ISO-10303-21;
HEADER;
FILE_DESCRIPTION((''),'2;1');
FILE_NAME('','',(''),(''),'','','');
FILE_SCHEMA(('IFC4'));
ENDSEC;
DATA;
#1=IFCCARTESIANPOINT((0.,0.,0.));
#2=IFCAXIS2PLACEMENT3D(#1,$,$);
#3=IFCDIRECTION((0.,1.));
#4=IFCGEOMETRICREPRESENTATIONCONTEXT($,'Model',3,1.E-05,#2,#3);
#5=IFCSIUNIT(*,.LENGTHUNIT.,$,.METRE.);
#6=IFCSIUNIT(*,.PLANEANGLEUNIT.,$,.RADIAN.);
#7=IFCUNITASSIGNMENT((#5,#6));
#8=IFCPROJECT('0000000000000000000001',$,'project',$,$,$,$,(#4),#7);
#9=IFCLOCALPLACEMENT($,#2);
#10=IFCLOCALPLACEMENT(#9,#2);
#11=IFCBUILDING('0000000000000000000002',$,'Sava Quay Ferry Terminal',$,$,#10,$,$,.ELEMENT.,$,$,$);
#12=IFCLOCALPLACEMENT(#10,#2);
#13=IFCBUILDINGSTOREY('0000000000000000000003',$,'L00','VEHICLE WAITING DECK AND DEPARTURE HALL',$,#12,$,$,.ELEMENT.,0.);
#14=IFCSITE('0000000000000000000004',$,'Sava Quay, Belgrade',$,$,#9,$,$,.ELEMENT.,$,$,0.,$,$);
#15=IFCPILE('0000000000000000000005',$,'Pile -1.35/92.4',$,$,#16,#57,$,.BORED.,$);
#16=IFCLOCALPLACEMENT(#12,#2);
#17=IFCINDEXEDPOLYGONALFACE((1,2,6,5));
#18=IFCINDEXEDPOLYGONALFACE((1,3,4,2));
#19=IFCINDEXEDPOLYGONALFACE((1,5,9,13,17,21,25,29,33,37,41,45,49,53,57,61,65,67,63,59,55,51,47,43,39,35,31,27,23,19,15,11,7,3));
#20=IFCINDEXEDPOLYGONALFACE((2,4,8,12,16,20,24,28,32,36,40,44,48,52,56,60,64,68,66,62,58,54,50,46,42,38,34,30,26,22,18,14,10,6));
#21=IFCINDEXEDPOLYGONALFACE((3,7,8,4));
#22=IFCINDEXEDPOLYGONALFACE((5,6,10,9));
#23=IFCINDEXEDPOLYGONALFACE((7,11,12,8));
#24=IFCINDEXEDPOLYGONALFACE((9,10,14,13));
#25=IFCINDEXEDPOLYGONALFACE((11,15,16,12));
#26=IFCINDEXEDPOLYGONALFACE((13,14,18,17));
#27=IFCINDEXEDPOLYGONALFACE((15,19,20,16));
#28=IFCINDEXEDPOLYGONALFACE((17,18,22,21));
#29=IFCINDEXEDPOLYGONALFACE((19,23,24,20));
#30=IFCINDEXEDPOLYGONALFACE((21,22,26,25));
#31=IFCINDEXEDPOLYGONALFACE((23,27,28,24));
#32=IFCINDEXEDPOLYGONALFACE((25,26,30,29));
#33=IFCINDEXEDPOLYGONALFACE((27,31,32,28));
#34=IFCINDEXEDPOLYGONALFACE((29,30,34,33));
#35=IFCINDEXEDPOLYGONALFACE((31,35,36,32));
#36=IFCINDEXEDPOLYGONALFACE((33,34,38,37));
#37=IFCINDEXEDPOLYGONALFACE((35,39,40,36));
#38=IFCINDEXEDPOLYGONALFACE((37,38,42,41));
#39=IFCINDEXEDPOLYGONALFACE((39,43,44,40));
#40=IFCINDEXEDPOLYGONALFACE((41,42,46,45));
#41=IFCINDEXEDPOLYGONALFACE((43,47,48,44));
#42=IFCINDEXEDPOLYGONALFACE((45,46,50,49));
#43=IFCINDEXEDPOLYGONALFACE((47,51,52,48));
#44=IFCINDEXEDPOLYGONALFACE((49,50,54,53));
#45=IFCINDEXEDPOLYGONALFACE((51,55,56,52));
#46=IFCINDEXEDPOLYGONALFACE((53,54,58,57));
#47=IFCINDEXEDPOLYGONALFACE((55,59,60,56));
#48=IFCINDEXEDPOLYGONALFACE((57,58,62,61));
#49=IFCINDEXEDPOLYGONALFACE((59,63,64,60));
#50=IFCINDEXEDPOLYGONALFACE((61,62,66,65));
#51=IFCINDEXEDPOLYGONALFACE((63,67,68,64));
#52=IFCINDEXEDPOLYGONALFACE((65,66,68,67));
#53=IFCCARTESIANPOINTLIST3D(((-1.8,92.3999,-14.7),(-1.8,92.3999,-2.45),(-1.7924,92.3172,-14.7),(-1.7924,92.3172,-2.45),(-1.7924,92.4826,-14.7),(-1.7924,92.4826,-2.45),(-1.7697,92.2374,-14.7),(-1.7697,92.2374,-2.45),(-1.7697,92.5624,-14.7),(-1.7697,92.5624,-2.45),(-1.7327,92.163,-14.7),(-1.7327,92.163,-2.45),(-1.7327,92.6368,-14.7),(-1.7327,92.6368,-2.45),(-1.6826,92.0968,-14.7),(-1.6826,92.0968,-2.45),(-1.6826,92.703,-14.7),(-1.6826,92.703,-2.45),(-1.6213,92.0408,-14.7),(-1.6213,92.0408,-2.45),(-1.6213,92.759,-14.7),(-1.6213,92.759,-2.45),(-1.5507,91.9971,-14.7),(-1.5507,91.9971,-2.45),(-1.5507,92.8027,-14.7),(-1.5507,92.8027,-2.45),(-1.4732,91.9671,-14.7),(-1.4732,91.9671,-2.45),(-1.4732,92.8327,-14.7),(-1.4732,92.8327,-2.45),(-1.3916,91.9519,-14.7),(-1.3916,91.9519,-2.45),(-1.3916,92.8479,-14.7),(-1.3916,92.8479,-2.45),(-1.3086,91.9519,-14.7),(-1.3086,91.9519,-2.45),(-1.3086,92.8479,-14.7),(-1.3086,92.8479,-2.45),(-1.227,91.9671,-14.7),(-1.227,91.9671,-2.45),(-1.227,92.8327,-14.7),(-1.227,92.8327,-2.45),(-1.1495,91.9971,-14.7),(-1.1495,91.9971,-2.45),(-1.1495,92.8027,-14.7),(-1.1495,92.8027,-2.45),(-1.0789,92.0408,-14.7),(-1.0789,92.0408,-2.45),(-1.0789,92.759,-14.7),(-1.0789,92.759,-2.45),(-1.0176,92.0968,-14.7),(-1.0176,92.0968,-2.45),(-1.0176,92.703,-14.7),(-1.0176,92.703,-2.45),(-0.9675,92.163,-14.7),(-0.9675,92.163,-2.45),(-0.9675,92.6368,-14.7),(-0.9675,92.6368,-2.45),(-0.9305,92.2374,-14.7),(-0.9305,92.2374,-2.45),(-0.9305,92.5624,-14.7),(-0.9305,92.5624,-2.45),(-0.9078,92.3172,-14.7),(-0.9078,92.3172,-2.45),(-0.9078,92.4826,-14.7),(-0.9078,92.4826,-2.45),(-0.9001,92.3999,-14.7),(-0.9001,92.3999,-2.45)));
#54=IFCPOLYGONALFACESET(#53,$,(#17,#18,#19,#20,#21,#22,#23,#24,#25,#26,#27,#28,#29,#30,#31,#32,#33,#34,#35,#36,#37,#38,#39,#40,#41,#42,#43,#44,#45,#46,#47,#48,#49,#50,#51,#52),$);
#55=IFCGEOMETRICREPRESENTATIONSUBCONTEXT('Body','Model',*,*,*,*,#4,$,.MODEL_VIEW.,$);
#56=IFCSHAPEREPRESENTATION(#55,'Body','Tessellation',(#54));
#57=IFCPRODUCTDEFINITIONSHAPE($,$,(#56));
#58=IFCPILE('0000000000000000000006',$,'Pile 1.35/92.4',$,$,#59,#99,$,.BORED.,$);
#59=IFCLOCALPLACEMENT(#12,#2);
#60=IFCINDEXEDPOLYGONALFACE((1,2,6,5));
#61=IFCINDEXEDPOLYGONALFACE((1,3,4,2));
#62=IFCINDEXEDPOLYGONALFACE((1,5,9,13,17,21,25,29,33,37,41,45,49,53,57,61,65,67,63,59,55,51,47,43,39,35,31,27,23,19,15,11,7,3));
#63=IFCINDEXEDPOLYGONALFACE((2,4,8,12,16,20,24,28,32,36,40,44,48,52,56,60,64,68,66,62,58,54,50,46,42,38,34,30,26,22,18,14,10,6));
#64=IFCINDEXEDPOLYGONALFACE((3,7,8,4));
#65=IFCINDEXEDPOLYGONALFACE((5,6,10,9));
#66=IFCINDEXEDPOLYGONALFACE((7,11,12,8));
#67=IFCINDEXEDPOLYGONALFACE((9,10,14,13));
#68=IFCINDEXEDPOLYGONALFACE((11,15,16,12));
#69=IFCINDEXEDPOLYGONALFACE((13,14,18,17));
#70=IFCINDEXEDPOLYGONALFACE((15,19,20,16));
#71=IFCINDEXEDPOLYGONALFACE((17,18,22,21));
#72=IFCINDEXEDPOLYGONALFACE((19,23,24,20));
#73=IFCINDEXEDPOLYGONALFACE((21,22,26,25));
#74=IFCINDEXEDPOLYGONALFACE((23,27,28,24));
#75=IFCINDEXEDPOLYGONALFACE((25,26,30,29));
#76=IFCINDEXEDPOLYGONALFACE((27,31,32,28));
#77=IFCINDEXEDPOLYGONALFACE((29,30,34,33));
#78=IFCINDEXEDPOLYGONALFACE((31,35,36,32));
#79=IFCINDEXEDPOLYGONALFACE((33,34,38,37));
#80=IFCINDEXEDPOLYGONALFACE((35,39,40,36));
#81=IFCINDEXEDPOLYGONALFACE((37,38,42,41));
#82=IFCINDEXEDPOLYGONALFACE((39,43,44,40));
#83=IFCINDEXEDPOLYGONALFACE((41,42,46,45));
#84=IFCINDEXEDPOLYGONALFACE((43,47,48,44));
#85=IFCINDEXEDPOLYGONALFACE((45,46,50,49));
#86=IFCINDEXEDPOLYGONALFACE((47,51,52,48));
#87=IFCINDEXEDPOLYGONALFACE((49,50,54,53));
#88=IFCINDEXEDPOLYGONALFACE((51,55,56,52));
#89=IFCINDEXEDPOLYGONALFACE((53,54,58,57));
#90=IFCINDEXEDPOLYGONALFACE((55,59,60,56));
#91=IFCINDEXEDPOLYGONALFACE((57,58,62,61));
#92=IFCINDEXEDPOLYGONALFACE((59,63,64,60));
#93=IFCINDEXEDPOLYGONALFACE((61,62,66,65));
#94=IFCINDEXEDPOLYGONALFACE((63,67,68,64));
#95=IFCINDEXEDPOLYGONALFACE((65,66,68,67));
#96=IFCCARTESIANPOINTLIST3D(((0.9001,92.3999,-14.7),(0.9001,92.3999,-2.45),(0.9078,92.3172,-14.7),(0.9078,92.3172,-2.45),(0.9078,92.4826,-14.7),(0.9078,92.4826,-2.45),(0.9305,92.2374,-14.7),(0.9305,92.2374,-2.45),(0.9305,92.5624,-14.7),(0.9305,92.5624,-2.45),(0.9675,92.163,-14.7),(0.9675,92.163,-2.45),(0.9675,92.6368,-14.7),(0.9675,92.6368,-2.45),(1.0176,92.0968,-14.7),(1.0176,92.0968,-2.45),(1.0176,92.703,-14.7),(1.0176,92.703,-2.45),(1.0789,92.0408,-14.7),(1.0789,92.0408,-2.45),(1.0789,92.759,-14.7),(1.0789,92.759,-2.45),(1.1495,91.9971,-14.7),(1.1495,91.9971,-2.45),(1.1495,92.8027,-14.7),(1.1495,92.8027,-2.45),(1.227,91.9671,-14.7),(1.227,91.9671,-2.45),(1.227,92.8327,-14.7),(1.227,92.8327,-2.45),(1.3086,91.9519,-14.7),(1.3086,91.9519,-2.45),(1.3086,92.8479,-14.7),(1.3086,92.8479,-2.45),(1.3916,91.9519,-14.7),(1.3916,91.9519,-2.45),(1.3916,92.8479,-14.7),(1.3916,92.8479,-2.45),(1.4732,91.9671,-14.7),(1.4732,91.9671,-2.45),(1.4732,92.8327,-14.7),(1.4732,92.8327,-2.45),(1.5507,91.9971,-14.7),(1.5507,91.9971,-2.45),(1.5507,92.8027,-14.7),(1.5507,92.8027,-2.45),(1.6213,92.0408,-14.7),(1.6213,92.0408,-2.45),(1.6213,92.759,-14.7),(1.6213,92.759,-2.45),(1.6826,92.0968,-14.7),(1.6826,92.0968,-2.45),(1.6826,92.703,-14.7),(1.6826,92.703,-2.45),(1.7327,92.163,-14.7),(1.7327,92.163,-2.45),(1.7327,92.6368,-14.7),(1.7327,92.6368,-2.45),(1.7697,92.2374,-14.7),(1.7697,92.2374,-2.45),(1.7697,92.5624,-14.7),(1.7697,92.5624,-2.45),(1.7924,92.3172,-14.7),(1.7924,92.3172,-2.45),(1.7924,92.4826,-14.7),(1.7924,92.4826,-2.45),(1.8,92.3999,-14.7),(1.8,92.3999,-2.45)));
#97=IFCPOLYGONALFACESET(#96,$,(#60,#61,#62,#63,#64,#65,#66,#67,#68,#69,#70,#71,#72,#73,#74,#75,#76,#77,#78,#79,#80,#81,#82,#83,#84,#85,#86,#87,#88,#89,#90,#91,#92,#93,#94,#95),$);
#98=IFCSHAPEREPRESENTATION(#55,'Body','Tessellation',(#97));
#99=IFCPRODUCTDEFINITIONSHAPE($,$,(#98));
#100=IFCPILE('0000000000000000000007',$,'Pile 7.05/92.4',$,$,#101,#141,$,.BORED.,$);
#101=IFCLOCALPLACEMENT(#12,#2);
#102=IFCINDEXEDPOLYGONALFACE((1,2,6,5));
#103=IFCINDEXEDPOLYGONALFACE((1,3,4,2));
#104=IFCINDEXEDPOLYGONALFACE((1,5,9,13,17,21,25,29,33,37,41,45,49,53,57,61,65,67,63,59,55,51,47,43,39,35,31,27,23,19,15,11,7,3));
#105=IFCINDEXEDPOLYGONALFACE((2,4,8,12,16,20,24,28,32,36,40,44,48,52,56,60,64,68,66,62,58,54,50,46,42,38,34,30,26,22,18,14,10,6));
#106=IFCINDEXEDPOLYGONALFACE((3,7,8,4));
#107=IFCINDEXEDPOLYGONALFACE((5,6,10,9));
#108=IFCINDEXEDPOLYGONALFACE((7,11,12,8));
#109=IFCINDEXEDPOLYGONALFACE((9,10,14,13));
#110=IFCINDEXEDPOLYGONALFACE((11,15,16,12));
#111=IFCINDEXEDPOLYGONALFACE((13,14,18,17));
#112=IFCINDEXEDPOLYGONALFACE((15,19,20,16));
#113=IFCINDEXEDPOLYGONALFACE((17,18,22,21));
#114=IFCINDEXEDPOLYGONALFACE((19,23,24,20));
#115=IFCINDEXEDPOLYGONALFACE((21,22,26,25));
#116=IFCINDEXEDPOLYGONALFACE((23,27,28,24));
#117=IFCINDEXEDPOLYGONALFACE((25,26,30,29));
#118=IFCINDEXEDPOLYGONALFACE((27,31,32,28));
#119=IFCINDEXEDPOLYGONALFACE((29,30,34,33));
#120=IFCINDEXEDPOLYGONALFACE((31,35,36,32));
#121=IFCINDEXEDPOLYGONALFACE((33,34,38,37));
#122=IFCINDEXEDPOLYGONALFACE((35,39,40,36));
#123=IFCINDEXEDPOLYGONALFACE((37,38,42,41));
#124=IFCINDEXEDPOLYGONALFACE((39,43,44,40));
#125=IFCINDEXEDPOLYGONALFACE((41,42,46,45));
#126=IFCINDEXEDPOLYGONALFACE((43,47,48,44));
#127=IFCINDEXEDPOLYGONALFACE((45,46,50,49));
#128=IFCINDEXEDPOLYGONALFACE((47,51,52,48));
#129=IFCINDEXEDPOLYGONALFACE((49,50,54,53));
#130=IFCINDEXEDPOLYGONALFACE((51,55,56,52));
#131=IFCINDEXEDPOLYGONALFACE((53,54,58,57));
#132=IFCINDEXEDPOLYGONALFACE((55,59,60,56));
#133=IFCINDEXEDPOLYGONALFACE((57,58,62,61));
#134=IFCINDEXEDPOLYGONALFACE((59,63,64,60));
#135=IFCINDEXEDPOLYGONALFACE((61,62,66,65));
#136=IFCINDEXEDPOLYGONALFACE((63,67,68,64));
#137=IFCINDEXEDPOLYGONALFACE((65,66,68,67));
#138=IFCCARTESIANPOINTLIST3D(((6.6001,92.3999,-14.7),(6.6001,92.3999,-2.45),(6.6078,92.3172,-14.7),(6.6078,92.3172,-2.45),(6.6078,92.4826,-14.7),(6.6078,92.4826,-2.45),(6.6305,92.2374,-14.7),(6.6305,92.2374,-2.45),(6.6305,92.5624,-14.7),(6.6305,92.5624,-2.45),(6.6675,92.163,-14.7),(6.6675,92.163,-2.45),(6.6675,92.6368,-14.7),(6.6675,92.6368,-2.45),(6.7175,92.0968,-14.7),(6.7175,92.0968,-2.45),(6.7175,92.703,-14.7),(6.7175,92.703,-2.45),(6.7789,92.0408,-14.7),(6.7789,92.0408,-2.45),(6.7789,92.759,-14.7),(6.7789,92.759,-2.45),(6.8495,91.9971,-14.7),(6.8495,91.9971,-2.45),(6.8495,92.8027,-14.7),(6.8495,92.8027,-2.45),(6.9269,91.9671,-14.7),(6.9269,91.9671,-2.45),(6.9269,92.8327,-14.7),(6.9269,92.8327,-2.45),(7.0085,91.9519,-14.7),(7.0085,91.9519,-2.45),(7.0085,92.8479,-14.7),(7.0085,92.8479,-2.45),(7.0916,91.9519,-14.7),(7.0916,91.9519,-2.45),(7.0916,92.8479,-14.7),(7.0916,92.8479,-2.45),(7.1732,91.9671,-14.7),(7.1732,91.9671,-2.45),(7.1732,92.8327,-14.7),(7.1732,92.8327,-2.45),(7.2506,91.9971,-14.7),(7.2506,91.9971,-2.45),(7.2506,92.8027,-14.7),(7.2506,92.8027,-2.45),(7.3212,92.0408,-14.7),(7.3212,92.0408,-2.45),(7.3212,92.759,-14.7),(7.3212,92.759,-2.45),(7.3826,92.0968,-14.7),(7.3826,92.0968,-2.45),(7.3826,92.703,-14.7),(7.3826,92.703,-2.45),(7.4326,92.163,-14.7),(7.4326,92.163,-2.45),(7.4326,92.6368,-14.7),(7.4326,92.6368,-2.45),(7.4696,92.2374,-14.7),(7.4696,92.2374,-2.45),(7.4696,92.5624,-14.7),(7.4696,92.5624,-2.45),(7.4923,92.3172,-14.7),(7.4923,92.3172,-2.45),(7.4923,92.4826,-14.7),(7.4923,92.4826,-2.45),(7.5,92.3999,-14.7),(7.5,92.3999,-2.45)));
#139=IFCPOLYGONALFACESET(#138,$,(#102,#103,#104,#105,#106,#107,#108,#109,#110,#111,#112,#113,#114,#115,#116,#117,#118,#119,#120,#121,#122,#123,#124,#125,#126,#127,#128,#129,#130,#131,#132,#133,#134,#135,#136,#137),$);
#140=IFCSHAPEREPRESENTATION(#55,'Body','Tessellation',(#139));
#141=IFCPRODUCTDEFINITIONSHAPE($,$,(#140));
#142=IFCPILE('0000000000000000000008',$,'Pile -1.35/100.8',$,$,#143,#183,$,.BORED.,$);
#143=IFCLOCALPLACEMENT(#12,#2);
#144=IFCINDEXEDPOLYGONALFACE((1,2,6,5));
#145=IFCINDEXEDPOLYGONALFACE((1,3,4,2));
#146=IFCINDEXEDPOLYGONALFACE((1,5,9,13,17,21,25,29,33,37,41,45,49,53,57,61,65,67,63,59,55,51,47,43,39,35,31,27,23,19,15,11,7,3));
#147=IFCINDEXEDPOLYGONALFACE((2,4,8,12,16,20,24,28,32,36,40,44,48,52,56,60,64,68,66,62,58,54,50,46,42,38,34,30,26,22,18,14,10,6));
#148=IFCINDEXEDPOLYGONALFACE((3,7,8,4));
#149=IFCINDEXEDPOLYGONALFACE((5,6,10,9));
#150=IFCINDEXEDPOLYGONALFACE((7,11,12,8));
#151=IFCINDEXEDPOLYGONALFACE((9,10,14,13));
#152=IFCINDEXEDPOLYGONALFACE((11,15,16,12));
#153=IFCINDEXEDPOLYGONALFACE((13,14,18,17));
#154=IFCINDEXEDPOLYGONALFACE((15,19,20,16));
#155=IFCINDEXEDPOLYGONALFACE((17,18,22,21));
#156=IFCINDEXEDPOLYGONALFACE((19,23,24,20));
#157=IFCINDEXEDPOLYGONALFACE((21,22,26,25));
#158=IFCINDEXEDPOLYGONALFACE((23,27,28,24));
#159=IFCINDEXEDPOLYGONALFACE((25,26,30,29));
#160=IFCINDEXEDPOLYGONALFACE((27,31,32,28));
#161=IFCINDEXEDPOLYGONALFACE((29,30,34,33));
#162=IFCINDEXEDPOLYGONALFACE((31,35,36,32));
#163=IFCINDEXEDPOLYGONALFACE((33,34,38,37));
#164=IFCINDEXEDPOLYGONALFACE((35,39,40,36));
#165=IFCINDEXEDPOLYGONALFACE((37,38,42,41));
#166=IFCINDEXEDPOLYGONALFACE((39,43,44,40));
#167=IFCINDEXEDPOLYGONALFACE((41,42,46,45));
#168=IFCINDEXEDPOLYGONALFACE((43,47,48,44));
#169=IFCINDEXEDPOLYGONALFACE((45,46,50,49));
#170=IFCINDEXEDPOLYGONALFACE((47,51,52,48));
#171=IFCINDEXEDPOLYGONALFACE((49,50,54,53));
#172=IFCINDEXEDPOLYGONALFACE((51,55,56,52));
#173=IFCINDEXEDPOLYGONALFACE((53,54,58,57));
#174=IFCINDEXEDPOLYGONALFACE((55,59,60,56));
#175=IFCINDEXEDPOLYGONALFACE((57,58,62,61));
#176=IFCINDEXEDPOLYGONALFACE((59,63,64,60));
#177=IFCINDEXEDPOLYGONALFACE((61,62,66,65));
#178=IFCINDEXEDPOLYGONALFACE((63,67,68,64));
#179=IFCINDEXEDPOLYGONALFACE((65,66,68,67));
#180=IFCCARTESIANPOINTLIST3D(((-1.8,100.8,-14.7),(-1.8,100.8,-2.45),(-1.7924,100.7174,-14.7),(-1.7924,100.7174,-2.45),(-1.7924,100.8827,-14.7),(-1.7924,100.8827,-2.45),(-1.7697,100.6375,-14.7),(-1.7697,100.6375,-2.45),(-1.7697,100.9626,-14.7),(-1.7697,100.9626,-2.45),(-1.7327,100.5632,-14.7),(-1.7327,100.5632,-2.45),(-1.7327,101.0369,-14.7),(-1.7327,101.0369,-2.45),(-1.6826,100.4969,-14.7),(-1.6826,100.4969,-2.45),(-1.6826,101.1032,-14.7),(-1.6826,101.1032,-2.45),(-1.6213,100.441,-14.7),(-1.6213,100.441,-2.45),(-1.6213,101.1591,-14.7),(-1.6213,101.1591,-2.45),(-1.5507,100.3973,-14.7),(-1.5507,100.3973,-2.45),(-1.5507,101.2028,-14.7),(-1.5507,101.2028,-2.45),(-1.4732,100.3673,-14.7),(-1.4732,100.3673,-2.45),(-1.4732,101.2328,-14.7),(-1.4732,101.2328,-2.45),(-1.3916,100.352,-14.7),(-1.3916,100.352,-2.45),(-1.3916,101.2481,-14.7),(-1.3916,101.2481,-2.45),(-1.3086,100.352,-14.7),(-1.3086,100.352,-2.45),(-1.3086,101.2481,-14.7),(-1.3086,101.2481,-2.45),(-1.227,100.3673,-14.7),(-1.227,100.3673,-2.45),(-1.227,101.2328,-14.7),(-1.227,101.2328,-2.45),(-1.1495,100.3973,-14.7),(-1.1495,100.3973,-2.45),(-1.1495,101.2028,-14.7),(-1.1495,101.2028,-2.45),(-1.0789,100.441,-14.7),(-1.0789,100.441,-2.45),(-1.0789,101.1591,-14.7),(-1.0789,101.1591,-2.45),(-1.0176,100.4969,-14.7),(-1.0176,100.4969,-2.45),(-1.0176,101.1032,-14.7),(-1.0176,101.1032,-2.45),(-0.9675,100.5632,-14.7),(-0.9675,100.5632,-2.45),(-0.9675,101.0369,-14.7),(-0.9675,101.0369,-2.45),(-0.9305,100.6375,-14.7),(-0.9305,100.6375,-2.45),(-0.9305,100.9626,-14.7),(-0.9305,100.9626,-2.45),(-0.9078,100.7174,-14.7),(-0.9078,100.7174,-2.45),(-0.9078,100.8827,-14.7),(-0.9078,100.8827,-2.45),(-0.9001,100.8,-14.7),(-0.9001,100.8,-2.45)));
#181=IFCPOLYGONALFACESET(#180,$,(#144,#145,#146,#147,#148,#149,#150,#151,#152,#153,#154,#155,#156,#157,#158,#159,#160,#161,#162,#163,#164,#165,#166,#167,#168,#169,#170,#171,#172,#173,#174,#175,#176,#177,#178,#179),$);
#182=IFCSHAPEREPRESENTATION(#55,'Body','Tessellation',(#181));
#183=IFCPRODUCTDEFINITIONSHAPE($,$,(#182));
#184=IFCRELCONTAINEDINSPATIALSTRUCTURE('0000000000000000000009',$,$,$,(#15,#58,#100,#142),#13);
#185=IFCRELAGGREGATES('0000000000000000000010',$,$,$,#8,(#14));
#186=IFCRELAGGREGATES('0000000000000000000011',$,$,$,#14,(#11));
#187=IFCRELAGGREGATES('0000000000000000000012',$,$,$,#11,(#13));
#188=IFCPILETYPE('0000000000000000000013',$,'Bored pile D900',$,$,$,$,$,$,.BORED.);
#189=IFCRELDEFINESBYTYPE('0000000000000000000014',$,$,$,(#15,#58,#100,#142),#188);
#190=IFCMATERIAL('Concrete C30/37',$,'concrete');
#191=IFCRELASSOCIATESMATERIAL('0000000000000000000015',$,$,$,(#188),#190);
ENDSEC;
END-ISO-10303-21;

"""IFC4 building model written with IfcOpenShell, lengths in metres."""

from ifc_helpers import new_model, si_unit, direction, frame, origin, origin_2d, place, context, subcontext, project, spatial, circle, extrude, material, material_profile, profile_set, type_object, element, save


model = new_model("IFC4")

# Units and contexts
model_context = context("Model", 3, precision=1e-05, world=origin(), true_north=direction((0.0, 1.0)))
body_context = subcontext(model_context, "Body", "Model", "MODEL_VIEW")
ifc_project = project(units=[si_unit("LENGTHUNIT", "METRE"), si_unit("PLANEANGLEUNIT", "RADIAN")], contexts=[model_context])

# Site, building, storey
site_placement = place(None, origin())
site = spatial("IfcSite", under=ifc_project, at=site_placement, Name="Sava Quay, Belgrade", CompositionType="ELEMENT", RefElevation=0.0)
building_placement = place(site_placement, origin())
building = spatial("IfcBuilding", under=site, at=building_placement, Name="Sava Quay Ferry Terminal", CompositionType="ELEMENT")
storey_placement = place(building_placement, origin())
storey = spatial("IfcBuildingStorey", under=building, at=storey_placement, Name="L00", Description="VEHICLE WAITING DECK AND DEPARTURE HALL", CompositionType="ELEMENT", Elevation=0.0)

# Piles
ifc_material_1 = material(Name="Concrete C30/37", Category="concrete")
ifc_material_profile_1 = material_profile(ifc_material_1, circle(Radius=0.45, at=origin_2d()), Name="Bored pile D900")
ifc_profile_set_1 = profile_set([ifc_material_profile_1], Name="Concrete C30/37")
pile_type = type_object("IfcPileType", Name="Bored pile D900", PredefinedType="BORED", material=ifc_profile_set_1)
for number, where, z_axis, x_axis, name in (
    (1, (-1.3501, 92.3999, -2.45), (0.0, 0.0, -1.0), (1.0, 0.0, 0.0), "Pile -1.35/92.4"),
    (2, (1.3501, 92.3999, -2.45), (0.0, 0.0, -1.0), (1.0, 0.0, 0.0), "Pile 1.35/92.4"),
    (3, (7.05, 92.3999, -2.45), (0.0, 0.0, -1.0), (1.0, 0.0, 0.0), "Pile 7.05/92.4"),
    (4, (-1.3501, 100.8, -2.45), (0.0, 0.0, -1.0), (1.0, 0.0, 0.0), "Pile -1.35/100.8"),
):
    element("IfcPile", number, at=place(storey_placement, frame(where, z_axis=z_axis, x_axis=x_axis)), inside=storey, type_object=pile_type, Name=name, PredefinedType="BORED", context=body_context, shape_type="SweptSolid", body=[
        extrude(circle(Radius=0.45, at=origin_2d()), origin(), (0.0, 0.0, 1.0), 12.25),
    ])

save(model, "model.ifc")
